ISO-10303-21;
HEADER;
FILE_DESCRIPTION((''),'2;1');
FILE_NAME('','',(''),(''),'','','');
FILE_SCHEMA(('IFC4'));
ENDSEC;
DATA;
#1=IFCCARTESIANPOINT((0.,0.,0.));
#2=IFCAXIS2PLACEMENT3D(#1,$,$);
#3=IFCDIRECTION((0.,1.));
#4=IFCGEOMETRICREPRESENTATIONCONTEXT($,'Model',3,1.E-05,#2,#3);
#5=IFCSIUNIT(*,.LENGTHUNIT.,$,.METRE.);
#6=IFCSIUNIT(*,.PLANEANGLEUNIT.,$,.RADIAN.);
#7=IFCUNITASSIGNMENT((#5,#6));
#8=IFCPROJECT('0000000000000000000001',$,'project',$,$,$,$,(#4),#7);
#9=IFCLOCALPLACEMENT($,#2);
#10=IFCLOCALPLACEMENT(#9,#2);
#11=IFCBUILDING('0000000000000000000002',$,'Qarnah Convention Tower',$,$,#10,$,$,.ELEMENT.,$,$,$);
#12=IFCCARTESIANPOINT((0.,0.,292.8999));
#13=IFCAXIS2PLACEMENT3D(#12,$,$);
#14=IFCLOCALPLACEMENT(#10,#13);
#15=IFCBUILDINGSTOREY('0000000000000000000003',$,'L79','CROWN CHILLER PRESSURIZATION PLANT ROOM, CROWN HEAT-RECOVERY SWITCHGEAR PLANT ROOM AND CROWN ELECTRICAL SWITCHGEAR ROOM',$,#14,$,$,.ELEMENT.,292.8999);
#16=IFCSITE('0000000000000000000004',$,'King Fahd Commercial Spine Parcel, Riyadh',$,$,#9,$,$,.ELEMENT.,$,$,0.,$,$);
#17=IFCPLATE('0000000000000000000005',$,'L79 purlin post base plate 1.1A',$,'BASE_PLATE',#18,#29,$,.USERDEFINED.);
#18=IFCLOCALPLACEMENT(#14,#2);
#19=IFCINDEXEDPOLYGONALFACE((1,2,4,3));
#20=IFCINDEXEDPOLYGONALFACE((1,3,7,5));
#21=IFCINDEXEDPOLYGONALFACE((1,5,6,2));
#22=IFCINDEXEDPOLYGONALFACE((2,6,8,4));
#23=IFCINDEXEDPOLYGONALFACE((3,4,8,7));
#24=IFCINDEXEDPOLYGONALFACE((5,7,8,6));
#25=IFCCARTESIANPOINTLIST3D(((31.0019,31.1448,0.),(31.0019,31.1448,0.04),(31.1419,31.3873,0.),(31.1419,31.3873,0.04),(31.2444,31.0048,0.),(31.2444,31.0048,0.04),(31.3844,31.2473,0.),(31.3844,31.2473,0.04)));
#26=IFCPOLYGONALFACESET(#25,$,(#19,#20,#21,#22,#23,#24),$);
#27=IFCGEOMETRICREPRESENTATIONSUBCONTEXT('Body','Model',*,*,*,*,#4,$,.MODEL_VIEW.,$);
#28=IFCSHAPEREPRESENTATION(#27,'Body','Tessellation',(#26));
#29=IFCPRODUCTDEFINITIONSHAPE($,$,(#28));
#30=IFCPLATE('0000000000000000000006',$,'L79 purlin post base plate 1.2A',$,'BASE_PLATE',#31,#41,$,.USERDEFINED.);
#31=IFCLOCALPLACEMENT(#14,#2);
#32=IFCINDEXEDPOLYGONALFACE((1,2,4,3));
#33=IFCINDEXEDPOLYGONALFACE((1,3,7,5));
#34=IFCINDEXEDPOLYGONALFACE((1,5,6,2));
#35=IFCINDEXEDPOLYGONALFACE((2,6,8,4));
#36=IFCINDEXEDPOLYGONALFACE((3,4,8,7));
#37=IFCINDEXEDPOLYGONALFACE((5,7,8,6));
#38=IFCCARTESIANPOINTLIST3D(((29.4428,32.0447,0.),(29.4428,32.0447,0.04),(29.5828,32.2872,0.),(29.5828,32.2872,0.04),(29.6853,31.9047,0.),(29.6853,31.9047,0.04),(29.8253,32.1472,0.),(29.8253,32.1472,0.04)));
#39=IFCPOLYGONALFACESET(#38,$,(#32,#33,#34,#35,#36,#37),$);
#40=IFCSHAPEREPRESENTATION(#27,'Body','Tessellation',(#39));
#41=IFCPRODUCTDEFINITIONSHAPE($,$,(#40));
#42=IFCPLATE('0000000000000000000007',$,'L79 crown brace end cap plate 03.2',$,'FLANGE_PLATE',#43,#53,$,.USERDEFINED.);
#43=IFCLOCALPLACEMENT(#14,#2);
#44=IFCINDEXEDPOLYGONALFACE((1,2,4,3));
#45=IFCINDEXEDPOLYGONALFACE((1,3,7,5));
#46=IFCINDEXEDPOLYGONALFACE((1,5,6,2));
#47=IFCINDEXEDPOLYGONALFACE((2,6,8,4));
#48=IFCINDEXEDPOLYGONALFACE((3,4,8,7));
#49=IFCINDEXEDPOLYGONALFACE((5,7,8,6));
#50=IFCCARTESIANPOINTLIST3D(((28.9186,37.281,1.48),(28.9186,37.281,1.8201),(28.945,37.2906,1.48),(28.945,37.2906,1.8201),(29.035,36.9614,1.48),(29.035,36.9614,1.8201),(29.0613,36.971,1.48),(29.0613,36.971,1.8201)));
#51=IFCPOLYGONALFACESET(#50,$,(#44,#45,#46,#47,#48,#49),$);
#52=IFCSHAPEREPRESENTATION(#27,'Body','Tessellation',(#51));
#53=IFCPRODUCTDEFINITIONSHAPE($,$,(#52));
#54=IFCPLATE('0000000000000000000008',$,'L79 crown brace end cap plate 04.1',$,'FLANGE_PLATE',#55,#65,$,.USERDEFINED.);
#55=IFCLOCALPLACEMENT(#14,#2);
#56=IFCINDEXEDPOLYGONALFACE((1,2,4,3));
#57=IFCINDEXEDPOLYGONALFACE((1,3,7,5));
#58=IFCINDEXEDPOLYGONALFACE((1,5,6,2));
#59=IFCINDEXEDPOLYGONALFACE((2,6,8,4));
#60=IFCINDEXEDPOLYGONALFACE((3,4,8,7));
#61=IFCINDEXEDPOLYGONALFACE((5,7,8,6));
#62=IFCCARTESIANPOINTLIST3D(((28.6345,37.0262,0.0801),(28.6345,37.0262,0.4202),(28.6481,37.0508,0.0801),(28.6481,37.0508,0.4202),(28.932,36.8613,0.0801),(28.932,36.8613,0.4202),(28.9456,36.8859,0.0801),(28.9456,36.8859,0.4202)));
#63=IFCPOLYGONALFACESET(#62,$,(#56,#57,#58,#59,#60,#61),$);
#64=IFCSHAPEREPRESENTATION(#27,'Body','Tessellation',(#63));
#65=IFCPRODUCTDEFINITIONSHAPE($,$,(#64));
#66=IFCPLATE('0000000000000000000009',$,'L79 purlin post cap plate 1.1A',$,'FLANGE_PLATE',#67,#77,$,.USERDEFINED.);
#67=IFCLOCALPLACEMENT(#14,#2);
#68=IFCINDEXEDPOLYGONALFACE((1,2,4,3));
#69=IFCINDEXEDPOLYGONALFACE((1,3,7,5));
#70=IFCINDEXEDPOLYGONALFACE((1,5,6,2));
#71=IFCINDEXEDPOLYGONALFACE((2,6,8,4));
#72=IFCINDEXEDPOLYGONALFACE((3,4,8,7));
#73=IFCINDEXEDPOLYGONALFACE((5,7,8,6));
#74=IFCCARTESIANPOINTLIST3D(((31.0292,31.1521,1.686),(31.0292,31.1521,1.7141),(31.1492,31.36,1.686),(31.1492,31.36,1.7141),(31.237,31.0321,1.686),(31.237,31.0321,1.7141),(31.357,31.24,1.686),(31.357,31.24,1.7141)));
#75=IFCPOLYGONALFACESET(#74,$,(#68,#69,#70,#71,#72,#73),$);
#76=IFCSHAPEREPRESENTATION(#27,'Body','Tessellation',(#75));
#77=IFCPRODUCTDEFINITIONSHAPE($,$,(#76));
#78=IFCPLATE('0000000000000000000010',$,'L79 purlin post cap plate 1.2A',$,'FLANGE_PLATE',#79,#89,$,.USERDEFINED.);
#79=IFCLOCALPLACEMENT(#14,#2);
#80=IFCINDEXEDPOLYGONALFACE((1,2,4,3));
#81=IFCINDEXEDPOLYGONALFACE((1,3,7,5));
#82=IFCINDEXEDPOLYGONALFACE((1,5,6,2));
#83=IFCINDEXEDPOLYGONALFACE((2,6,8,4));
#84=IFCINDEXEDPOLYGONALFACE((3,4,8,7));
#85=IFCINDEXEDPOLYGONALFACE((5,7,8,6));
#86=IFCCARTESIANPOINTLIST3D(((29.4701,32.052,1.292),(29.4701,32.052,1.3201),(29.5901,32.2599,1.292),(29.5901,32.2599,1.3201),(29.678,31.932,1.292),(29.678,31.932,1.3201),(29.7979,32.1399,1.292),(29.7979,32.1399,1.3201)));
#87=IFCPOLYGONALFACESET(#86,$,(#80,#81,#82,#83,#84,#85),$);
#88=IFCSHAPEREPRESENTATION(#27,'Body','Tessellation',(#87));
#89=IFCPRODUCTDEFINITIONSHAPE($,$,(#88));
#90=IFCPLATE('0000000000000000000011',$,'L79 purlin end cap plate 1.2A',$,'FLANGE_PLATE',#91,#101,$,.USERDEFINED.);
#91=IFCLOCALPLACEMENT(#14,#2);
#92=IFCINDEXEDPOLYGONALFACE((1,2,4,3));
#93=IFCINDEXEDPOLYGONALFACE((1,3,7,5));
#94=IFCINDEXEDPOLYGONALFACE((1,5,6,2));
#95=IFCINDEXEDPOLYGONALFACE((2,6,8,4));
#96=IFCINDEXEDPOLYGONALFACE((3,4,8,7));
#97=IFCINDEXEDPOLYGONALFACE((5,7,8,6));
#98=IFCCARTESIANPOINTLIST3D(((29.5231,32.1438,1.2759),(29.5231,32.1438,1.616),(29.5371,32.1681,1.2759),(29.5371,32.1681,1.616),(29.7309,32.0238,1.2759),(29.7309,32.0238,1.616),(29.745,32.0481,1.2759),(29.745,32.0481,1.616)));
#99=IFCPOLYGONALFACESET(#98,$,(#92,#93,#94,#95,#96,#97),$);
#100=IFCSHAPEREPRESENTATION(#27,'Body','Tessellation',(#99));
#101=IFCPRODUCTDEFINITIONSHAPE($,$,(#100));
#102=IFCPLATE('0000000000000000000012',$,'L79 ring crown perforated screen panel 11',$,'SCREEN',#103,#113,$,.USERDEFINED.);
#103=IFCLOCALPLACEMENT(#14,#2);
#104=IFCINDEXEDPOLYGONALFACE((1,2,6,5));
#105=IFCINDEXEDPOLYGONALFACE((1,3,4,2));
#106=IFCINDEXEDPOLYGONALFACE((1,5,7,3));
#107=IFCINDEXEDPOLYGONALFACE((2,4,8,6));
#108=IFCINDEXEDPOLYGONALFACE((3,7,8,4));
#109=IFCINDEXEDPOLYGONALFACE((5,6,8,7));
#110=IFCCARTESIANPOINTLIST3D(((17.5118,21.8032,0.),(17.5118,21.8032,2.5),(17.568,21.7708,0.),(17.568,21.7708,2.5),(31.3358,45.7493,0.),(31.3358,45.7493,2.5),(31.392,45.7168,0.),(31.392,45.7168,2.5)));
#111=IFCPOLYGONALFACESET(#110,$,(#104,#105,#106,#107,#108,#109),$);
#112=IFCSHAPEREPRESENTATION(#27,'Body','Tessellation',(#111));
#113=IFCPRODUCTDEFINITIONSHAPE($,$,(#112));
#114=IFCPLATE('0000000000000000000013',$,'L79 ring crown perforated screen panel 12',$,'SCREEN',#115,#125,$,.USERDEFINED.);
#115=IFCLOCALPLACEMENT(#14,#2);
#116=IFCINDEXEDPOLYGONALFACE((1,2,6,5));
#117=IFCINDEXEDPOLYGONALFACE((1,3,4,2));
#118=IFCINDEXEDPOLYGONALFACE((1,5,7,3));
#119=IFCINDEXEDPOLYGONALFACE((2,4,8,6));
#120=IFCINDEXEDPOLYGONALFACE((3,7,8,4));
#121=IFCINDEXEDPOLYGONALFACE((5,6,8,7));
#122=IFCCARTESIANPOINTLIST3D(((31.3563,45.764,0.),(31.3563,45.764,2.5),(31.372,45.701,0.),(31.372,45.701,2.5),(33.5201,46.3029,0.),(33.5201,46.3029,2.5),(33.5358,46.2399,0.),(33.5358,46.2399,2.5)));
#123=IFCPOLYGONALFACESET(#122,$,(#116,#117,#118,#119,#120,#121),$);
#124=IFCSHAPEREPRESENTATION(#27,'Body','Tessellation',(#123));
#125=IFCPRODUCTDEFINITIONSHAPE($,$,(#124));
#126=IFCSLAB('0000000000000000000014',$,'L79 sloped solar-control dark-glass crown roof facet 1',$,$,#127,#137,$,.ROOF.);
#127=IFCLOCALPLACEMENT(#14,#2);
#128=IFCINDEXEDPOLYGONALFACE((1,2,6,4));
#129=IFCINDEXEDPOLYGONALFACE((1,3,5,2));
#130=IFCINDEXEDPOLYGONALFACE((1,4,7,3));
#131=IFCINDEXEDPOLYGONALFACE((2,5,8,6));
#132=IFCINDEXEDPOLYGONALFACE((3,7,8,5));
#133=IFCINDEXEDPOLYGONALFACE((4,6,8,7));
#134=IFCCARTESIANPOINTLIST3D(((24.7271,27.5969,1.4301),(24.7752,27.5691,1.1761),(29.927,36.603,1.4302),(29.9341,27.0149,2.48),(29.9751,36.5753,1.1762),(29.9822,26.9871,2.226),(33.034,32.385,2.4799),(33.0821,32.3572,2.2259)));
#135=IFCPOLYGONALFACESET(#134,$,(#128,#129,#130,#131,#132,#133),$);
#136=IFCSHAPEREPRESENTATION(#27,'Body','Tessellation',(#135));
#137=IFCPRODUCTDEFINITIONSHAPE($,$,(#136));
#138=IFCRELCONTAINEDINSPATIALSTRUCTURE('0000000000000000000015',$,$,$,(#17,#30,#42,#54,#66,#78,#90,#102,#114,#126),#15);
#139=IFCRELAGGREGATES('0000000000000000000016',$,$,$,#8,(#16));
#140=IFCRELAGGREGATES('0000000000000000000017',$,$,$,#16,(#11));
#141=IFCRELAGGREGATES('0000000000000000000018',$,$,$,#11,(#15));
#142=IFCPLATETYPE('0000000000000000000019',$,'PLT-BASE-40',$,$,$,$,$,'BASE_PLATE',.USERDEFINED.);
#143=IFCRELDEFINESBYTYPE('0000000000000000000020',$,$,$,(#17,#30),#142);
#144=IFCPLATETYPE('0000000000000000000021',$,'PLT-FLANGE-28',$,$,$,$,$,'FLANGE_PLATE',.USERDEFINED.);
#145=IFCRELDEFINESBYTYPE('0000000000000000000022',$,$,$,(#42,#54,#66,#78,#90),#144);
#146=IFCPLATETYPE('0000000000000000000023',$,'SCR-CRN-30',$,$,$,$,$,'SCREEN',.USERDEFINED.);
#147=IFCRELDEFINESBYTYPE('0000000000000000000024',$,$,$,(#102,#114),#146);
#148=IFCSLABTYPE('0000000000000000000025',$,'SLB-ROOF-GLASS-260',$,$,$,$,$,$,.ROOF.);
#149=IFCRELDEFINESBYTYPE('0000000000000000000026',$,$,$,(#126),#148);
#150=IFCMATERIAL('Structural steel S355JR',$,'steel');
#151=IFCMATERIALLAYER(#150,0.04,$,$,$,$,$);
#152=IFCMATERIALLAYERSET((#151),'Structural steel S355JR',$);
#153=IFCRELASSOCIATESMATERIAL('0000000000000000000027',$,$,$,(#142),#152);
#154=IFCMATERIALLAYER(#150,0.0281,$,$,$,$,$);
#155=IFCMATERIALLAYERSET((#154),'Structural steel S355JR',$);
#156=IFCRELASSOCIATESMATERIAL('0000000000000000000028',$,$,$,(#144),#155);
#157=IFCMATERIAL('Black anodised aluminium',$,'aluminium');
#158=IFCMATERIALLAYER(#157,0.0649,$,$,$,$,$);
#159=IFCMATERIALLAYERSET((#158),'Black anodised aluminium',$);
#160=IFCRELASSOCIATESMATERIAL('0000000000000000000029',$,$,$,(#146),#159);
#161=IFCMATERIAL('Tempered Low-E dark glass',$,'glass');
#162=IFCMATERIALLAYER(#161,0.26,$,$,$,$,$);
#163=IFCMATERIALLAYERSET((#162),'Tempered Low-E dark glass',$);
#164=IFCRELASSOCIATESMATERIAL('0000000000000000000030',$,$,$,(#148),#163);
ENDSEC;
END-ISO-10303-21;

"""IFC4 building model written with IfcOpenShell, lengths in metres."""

from ifc_helpers import new_model, si_unit, direction, frame, origin, origin_2d, place, context, subcontext, project, spatial, polyline, rectangle, outline, extrude, material, layer, layer_set, type_object, element, save


model = new_model("IFC4")

# Units and contexts
model_context = context("Model", 3, precision=1e-05, world=origin(), true_north=direction((0.0, 1.0)))
body_context = subcontext(model_context, "Body", "Model", "MODEL_VIEW")
ifc_project = project(units=[si_unit("LENGTHUNIT", "METRE"), si_unit("PLANEANGLEUNIT", "RADIAN")], contexts=[model_context])

# Site, building, storey
site_placement = place(None, origin())
site = spatial("IfcSite", under=ifc_project, at=site_placement, Name="King Fahd Commercial Spine Parcel, Riyadh", CompositionType="ELEMENT", RefElevation=0.0)
building_placement = place(site_placement, origin())
building = spatial("IfcBuilding", under=site, at=building_placement, Name="Qarnah Convention Tower", CompositionType="ELEMENT")
storey_placement = place(building_placement, frame((0.0, 0.0, 292.8999)))
storey = spatial("IfcBuildingStorey", under=building, at=storey_placement, Name="L79", Description="CROWN CHILLER PRESSURIZATION PLANT ROOM, CROWN HEAT-RECOVERY SWITCHGEAR PLANT ROOM AND CROWN ELECTRICAL SWITCHGEAR ROOM", CompositionType="ELEMENT", Elevation=292.8999)

# Shared definitions
ifc_material_1 = material(Name="Structural steel S355JR", Category="steel")

# Plates
ifc_layer_1 = layer(ifc_material_1, 0.04)
ifc_layer_set_1 = layer_set([ifc_layer_1], Name="Structural steel S355JR")
plate_type_1 = type_object("IfcPlateType", Name="PLT-BASE-40", ElementType="BASE_PLATE", PredefinedType="USERDEFINED", material=ifc_layer_set_1)
for number, where, z_axis, x_axis, name in (
    (1, (31.1931, 31.196, 0.0), (0.0, 0.0, 1.0), (-0.499973, -0.866041, 0.0), "L79 purlin post base plate 1.1A"),
    (2, (29.634, 32.0959, 0.0), (0.0, 0.0, 1.0), (-0.499973, -0.866041, 0.0), "L79 purlin post base plate 1.2A"),
):
    element("IfcPlate", number, at=place(storey_placement, frame(where, z_axis=z_axis, x_axis=x_axis)), inside=storey, type_object=plate_type_1, Name=name, ObjectType="BASE_PLATE", PredefinedType="USERDEFINED", context=body_context, shape_type="SweptSolid", body=[
        extrude(rectangle(XDim=0.28, YDim=0.28, at=origin_2d()), origin(), (0.0, 0.0, 1.0), 0.04),
    ])
ifc_layer_2 = layer(ifc_material_1, 0.0281)
ifc_layer_set_2 = layer_set([ifc_layer_2], Name="Structural steel S355JR")
plate_type_2 = type_object("IfcPlateType", Name="PLT-FLANGE-28", ElementType="FLANGE_PLATE", PredefinedType="USERDEFINED", material=ifc_layer_set_2)
for number, where, z_axis, x_axis, name in (
    (3, (28.99, 37.126, 1.48), (0.0, 0.0, 1.0), (-0.939693, -0.34202, 0.0), "L79 crown brace end cap plate 03.2"),
    (4, (28.79, 36.9561, 0.0801), (0.0, 0.0, 1.0), (-0.484753, -0.874651, 0.0), "L79 crown brace end cap plate 04.1"),
):
    element("IfcPlate", number, at=place(storey_placement, frame(where, z_axis=z_axis, x_axis=x_axis)), inside=storey, type_object=plate_type_2, Name=name, ObjectType="FLANGE_PLATE", PredefinedType="USERDEFINED", context=body_context, shape_type="SweptSolid", body=[
        extrude(rectangle(XDim=0.0281, YDim=0.3401, at=origin_2d()), origin(), (0.0, 0.0, 1.0), 0.3401),
    ])
for number, where, z_axis, x_axis, name in (
    (5, (31.1931, 31.196, 1.686), (0.0, 0.0, 1.0), (-0.499973, -0.866041, 0.0), "L79 purlin post cap plate 1.1A"),
    (6, (29.634, 32.0959, 1.292), (0.0, 0.0, 1.0), (-0.499973, -0.866041, 0.0), "L79 purlin post cap plate 1.2A"),
):
    element("IfcPlate", number, at=place(storey_placement, frame(where, z_axis=z_axis, x_axis=x_axis)), inside=storey, type_object=plate_type_2, Name=name, ObjectType="FLANGE_PLATE", PredefinedType="USERDEFINED", context=body_context, shape_type="SweptSolid", body=[
        extrude(rectangle(XDim=0.24, YDim=0.24, at=origin_2d()), origin(), (0.0, 0.0, 1.0), 0.0281),
    ])
plate_1_placement = place(storey_placement, frame((29.634, 32.0959, 1.2759), z_axis=(0.0, 0.0, 1.0), x_axis=(-0.499973, -0.866041, 0.0)))
element("IfcPlate", 7, at=plate_1_placement, inside=storey, type_object=plate_type_2, Name="L79 purlin end cap plate 1.2A", ObjectType="FLANGE_PLATE", PredefinedType="USERDEFINED", context=body_context, shape_type="SweptSolid", body=[
    extrude(rectangle(XDim=0.0281, YDim=0.24, at=origin_2d()), origin(), (0.0, 0.0, 1.0), 0.3401),
])
ifc_material_2 = material(Name="Black anodised aluminium", Category="aluminium")
ifc_layer_3 = layer(ifc_material_2, 0.0649)
ifc_layer_set_3 = layer_set([ifc_layer_3], Name="Black anodised aluminium")
plate_type_3 = type_object("IfcPlateType", Name="SCR-CRN-30", ElementType="SCREEN", PredefinedType="USERDEFINED", material=ifc_layer_set_3)
plate_2_placement = place(storey_placement, frame((24.4519, 33.76, 0.0), z_axis=(0.0, 0.0, 1.0), x_axis=(0.499967, 0.866045, 0.0)))
element("IfcPlate", 8, at=plate_2_placement, inside=storey, type_object=plate_type_3, Name="L79 ring crown perforated screen panel 11", ObjectType="SCREEN", PredefinedType="USERDEFINED", context=body_context, shape_type="SweptSolid", body=[
    extrude(rectangle(XDim=27.6499, YDim=0.0649, at=origin_2d()), origin(), (0.0, 0.0, 1.0), 2.5),
])
plate_3_placement = place(storey_placement, frame((32.446, 46.002, 0.0), z_axis=(0.0, 0.0, 1.0), x_axis=(0.970353, 0.241692, 0.0)))
element("IfcPlate", 9, at=plate_3_placement, inside=storey, type_object=plate_type_3, Name="L79 ring crown perforated screen panel 12", ObjectType="SCREEN", PredefinedType="USERDEFINED", context=body_context, shape_type="SweptSolid", body=[
    extrude(rectangle(XDim=2.23, YDim=0.0649, at=origin_2d()), origin(), (0.0, 0.0, 1.0), 2.5),
])

# Slab
ifc_material_3 = material(Name="Tempered Low-E dark glass", Category="glass")
ifc_layer_4 = layer(ifc_material_3, 0.26)
ifc_layer_set_4 = layer_set([ifc_layer_4], Name="Tempered Low-E dark glass")
slab_type = type_object("IfcSlabType", Name="SLB-ROOF-GLASS-260", PredefinedType="ROOF", material=ifc_layer_set_4)
slab_placement = place(storey_placement, frame((29.927, 36.603, 1.4302), z_axis=(-0.185033, 0.106825, 0.976909), x_axis=(-0.500018, -0.866015, -0.000008)))
element("IfcSlab", 10, at=slab_placement, inside=storey, type_object=slab_type, Name="L79 sloped solar-control dark-glass crown roof facet 1", PredefinedType="ROOF", context=body_context, shape_type="SweptSolid", body=[
    extrude(outline(polyline([(0.0, 0.0), (10.3995, 0.0), (8.2999, 4.9138), (2.0993, 4.9132), (0.0, 0.0)])), origin(), (0.0, 0.0, -1.0), 0.26),
])

save(model, "model.ifc")
